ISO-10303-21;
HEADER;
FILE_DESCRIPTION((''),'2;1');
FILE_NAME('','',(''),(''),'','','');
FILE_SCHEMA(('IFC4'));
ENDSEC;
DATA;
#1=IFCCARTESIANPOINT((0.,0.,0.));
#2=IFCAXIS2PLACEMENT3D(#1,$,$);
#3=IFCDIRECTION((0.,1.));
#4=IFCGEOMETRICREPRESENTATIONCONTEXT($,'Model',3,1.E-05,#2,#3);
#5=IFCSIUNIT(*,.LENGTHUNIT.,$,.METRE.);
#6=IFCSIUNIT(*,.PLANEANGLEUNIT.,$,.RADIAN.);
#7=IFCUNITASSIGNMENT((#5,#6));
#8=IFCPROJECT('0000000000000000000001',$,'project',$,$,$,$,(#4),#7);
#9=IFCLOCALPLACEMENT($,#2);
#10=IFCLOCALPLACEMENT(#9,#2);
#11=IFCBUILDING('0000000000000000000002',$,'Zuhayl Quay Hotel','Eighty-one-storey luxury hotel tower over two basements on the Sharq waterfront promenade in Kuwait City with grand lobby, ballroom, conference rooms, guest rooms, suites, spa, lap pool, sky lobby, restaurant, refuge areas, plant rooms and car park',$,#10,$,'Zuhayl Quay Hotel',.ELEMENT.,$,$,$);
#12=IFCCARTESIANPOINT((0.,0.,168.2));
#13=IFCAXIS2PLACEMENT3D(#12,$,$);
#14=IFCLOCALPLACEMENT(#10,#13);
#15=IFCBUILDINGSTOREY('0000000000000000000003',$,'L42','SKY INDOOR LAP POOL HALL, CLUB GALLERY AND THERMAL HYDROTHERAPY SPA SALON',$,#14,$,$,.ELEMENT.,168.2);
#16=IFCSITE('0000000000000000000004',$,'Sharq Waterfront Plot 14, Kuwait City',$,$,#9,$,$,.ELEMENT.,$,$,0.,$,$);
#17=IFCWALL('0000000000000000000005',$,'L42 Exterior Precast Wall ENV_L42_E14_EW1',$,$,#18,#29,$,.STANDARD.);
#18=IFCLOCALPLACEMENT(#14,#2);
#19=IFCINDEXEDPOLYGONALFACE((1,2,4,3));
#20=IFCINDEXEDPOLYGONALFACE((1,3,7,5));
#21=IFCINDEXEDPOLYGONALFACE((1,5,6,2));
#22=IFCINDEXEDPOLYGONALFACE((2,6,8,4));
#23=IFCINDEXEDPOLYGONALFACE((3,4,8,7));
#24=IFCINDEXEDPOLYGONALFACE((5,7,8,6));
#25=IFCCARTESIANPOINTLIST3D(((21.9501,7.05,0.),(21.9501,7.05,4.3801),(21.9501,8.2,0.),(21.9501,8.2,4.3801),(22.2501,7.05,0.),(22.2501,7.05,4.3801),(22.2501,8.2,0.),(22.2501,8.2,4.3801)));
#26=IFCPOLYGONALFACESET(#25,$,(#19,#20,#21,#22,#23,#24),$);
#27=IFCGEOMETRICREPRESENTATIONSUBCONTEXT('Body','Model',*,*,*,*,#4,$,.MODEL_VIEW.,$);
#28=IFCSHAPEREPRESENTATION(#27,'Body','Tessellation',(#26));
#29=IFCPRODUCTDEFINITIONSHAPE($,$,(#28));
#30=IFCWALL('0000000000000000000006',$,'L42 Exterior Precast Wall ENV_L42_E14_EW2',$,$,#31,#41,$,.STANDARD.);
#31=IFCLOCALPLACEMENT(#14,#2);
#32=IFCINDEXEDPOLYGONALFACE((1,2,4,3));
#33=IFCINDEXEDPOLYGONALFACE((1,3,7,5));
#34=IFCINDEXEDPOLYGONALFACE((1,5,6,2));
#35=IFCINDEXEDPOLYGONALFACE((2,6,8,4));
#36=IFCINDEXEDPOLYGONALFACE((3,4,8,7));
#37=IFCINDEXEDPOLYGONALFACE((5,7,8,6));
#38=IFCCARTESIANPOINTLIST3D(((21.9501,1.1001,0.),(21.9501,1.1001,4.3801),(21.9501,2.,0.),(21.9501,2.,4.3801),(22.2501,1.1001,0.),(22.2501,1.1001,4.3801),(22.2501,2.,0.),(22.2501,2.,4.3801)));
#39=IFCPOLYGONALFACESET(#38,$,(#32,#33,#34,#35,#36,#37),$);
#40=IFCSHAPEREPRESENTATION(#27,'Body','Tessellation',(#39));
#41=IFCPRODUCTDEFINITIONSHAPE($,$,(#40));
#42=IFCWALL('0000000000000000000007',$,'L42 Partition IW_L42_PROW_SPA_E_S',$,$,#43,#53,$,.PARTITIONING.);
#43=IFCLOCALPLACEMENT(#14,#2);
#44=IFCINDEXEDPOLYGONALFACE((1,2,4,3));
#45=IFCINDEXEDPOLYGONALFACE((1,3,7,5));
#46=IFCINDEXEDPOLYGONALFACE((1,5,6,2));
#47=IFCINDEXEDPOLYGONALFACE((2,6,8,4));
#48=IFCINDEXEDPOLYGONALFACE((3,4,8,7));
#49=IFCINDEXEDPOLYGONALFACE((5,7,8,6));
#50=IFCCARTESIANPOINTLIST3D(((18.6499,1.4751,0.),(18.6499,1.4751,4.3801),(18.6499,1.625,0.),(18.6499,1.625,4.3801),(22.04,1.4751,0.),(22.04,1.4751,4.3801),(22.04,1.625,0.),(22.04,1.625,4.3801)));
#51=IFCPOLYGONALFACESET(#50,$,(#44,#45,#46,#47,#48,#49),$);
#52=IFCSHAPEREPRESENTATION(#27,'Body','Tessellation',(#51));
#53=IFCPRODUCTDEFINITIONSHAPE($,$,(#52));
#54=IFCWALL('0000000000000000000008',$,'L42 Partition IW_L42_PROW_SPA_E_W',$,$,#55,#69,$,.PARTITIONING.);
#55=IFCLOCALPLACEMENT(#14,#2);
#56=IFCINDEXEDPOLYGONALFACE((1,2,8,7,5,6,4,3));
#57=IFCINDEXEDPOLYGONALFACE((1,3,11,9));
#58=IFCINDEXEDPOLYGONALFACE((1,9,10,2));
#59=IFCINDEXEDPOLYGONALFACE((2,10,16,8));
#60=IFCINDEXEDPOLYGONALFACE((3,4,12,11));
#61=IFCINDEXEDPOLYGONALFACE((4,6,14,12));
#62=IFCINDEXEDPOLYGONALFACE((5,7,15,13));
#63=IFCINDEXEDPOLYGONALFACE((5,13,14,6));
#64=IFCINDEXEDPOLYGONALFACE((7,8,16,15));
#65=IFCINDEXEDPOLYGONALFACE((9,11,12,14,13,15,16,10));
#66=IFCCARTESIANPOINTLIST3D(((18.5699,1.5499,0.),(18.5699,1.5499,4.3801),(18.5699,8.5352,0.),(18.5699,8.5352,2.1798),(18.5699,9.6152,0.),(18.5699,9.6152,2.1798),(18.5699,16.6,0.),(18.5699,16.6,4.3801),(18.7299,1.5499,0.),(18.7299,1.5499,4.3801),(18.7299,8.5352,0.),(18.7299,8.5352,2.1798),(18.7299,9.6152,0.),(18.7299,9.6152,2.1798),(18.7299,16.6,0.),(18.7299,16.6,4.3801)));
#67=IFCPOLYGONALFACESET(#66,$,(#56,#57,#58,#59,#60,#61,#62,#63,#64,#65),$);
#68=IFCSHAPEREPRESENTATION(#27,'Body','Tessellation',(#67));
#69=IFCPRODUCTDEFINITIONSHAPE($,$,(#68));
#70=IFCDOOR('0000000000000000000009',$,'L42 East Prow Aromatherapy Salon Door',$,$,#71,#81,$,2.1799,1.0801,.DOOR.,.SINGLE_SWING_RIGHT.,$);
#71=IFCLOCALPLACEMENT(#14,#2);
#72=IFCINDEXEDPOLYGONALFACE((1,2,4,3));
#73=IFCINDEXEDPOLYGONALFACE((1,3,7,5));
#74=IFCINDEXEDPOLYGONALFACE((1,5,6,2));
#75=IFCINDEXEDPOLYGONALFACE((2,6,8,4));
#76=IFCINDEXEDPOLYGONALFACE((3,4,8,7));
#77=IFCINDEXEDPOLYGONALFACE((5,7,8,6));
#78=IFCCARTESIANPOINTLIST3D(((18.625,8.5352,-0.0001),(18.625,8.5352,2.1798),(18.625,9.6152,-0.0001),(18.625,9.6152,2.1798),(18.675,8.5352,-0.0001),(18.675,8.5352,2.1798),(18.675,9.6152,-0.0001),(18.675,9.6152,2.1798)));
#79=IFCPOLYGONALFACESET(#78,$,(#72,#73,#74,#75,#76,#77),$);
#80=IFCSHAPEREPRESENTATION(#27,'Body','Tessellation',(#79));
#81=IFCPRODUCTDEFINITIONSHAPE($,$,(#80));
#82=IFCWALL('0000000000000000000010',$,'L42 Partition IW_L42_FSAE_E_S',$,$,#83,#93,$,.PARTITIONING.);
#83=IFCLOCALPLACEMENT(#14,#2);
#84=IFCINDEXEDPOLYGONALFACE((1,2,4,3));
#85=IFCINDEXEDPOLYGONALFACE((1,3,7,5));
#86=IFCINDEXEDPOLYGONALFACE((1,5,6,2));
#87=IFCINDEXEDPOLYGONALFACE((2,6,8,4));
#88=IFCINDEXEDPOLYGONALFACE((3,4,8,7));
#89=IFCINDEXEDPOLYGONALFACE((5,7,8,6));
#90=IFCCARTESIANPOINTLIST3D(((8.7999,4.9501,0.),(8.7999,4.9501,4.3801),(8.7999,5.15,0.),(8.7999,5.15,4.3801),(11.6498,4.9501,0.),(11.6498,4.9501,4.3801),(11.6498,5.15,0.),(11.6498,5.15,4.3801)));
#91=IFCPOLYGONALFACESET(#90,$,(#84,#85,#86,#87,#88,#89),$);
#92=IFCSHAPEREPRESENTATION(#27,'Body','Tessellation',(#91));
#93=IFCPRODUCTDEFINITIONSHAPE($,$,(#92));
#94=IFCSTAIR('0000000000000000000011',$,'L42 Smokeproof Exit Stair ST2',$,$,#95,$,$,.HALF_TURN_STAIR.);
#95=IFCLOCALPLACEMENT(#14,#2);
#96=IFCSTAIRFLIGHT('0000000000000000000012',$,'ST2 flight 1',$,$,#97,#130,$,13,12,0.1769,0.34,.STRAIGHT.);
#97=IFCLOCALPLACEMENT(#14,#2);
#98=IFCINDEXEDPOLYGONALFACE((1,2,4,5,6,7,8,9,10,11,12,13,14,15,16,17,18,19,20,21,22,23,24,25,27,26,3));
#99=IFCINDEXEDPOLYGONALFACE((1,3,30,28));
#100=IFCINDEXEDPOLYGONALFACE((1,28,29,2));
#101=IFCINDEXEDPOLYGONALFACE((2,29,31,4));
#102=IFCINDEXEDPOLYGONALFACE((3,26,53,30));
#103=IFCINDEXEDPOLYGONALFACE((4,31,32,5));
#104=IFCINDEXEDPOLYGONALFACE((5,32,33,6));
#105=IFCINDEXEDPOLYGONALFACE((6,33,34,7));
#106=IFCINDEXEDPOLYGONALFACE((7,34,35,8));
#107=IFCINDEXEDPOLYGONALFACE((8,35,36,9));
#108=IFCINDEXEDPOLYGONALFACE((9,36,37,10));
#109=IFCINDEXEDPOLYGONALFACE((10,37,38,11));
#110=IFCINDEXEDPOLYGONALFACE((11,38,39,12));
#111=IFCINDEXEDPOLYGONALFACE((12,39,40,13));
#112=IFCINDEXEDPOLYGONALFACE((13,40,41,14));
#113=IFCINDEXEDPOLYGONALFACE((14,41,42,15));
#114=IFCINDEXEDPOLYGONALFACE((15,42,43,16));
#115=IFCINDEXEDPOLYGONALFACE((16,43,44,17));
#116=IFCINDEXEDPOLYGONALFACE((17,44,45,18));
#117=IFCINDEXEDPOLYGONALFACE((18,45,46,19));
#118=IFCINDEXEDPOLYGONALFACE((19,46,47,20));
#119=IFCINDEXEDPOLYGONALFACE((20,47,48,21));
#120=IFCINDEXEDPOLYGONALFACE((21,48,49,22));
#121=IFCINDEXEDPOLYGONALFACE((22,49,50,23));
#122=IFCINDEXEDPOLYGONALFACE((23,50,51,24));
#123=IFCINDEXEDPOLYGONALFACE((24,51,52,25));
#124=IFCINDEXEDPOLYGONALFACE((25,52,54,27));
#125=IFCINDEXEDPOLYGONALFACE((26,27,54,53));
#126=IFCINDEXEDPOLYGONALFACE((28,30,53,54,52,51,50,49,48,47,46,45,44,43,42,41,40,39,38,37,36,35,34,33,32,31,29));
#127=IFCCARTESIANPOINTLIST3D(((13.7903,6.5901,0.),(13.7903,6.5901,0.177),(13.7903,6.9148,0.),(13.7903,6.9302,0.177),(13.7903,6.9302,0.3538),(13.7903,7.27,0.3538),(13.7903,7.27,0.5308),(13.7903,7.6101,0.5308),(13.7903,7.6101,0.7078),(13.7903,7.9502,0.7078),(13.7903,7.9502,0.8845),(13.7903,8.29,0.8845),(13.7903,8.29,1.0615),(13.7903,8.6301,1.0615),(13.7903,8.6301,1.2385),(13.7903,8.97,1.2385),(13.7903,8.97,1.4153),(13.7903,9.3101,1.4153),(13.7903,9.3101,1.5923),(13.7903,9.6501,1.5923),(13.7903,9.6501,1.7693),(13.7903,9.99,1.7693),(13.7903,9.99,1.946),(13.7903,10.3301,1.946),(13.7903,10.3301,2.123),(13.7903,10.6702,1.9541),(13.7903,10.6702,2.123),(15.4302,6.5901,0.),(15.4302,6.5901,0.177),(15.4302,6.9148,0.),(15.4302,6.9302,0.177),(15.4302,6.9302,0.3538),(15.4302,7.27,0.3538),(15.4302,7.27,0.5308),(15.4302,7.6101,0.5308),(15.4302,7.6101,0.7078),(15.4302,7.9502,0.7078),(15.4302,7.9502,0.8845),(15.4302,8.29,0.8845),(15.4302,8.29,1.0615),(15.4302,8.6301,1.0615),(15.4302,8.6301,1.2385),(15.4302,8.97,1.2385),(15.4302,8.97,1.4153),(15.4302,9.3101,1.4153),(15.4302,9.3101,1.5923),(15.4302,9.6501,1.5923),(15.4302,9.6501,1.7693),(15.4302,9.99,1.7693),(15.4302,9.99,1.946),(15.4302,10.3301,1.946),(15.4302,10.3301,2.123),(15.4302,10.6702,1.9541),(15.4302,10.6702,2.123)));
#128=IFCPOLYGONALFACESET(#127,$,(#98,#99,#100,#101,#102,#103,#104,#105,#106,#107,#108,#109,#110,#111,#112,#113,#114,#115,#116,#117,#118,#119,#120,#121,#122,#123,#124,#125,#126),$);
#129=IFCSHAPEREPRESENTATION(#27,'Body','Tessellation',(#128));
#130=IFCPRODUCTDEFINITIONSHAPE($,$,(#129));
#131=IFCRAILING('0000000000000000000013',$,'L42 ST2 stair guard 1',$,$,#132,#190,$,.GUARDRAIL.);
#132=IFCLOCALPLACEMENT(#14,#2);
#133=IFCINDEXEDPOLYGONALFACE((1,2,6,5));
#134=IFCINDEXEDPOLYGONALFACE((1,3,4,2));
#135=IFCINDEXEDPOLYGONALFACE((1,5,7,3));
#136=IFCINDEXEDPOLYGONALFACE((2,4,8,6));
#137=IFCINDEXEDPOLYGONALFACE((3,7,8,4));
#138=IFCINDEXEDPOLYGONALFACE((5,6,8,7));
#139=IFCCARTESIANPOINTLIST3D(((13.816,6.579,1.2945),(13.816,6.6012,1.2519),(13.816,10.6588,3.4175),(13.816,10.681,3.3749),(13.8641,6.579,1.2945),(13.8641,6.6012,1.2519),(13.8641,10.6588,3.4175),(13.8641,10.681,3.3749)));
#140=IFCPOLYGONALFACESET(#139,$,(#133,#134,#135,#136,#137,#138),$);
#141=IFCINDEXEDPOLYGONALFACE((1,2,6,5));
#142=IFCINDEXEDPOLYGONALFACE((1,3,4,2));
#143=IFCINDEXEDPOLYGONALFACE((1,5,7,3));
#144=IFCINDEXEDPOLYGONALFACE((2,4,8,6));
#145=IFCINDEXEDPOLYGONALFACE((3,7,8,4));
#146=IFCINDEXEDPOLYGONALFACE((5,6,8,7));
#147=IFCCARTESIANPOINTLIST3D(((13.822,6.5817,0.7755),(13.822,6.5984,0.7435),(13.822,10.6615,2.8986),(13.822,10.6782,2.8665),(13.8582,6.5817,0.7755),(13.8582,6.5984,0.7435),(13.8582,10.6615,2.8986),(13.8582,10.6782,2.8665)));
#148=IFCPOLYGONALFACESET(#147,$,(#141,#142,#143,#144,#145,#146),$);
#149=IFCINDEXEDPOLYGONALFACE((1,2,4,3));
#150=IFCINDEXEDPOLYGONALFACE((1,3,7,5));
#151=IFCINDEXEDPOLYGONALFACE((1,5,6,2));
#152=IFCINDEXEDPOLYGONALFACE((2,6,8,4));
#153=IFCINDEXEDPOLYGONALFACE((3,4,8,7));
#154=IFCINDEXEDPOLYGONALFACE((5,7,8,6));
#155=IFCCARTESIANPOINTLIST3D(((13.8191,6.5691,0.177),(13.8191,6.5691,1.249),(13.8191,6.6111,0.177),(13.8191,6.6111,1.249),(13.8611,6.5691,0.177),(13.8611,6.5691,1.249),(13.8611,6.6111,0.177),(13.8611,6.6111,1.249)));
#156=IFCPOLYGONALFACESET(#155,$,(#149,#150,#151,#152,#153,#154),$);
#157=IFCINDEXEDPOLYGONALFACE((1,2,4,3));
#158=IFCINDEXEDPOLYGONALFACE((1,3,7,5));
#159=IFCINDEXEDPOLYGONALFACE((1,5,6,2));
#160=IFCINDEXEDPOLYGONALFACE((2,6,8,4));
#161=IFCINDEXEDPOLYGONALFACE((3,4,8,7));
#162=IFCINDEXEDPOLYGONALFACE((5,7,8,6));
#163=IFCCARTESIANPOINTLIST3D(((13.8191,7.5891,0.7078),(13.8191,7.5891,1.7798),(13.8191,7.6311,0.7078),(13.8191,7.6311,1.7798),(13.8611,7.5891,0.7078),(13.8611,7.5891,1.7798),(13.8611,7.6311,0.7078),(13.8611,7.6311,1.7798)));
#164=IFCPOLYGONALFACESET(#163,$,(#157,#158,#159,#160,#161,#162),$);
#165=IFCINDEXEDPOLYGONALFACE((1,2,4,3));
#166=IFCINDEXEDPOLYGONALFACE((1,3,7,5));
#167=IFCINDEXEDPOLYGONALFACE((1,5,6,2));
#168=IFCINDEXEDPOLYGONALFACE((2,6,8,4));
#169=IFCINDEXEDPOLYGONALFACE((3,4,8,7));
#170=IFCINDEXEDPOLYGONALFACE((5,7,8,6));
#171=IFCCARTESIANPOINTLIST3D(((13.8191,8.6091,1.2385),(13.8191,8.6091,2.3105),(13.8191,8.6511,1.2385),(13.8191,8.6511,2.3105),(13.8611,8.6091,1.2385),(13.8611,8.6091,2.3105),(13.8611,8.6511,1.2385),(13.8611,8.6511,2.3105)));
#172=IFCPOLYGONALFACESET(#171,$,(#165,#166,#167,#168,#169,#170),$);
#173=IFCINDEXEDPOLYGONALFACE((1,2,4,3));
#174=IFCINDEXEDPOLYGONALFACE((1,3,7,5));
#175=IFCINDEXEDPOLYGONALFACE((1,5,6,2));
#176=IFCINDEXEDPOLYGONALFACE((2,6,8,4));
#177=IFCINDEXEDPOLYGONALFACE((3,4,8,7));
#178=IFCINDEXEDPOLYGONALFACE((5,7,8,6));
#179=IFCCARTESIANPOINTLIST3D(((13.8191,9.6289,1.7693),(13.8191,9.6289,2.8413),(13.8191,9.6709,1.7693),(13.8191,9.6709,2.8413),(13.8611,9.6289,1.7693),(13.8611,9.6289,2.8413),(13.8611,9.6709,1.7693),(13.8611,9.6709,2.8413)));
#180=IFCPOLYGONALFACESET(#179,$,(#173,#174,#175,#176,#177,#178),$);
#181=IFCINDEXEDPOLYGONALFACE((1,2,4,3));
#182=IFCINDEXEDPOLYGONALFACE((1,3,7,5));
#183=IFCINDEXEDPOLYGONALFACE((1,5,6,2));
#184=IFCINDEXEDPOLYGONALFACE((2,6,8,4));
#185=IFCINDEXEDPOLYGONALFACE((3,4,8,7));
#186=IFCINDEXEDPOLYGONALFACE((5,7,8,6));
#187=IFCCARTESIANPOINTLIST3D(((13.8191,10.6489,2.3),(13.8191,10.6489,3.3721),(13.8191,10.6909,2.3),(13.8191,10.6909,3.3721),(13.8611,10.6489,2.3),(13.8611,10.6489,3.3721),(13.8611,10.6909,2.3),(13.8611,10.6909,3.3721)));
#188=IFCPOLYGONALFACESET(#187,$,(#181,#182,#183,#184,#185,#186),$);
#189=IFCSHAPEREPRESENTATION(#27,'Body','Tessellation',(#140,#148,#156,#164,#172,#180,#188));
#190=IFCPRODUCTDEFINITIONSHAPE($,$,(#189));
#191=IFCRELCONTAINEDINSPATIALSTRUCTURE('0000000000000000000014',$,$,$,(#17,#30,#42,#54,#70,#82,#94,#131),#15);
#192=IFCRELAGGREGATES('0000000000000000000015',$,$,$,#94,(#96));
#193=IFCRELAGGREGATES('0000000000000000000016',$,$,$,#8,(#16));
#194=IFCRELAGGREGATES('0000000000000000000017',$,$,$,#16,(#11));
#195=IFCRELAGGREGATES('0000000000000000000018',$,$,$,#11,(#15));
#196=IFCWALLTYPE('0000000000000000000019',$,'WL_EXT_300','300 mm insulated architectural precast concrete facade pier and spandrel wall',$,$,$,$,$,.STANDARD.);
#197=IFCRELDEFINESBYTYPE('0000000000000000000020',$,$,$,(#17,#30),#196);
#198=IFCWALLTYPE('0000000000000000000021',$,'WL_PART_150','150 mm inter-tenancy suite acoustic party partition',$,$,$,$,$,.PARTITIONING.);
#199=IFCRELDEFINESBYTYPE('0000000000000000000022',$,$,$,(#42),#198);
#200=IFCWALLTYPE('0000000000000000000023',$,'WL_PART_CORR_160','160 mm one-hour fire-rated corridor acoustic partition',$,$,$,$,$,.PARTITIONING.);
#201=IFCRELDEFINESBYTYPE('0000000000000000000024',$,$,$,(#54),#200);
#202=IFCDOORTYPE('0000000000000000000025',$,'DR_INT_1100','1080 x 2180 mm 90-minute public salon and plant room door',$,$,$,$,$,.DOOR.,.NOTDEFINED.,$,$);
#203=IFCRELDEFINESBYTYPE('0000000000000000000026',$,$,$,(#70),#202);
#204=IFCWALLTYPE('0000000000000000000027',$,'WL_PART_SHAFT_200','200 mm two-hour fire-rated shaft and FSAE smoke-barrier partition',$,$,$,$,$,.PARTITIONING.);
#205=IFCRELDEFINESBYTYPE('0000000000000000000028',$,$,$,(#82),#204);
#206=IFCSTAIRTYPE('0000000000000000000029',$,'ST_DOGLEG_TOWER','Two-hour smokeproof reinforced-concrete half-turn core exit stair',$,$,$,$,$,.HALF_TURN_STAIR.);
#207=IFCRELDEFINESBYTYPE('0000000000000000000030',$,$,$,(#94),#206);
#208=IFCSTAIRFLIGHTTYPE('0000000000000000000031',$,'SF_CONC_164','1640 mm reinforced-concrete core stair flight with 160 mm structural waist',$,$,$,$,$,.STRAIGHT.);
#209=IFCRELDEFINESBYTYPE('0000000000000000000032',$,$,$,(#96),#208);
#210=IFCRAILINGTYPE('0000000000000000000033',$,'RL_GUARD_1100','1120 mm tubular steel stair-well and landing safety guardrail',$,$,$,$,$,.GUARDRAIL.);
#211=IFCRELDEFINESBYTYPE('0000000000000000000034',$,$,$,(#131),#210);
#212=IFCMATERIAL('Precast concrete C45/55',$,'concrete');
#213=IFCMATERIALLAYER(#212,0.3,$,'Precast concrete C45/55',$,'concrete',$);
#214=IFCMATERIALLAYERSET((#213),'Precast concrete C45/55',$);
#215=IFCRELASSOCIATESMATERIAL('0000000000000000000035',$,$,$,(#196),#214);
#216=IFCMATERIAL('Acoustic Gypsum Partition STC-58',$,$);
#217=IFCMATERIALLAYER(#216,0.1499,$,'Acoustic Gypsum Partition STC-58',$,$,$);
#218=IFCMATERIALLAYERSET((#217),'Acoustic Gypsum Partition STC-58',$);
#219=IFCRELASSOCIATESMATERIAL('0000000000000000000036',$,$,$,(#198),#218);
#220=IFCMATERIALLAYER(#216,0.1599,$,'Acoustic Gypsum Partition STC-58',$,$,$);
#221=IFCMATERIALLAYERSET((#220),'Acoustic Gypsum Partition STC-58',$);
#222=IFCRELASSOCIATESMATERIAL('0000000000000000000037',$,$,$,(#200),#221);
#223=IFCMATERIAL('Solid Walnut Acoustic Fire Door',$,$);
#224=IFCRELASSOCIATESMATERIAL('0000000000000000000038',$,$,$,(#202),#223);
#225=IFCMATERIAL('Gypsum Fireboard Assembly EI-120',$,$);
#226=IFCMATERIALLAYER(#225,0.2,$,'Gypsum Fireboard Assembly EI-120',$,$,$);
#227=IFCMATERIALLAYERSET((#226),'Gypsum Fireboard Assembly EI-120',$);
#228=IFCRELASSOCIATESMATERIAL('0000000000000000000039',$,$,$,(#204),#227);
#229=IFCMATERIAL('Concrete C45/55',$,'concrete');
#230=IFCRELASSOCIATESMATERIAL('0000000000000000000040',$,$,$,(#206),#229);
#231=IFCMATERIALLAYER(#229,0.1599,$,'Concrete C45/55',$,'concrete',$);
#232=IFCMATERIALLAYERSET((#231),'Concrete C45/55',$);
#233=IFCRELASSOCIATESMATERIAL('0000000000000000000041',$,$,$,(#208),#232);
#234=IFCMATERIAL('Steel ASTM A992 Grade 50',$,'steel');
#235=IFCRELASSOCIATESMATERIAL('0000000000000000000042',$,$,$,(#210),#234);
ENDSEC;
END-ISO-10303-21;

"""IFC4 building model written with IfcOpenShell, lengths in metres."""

from ifc_helpers import new_model, si_unit, direction, frame, frame_2d, origin, origin_2d, place, context, subcontext, project, spatial, polyline, rectangle, outline, extrude, material, layer, layer_set, type_object, element, fill, aggregate, save


model = new_model("IFC4")

# Units and contexts
model_context = context("Model", 3, precision=1e-05, world=origin(), true_north=direction((0.0, 1.0)))
body_context = subcontext(model_context, "Body", "Model", "MODEL_VIEW")
ifc_project = project(units=[si_unit("LENGTHUNIT", "METRE"), si_unit("PLANEANGLEUNIT", "RADIAN")], contexts=[model_context])

# Site, building, storey
site_placement = place(None, origin())
site = spatial("IfcSite", under=ifc_project, at=site_placement, Name="Sharq Waterfront Plot 14, Kuwait City", CompositionType="ELEMENT", RefElevation=0.0)
building_placement = place(site_placement, origin())
building = spatial("IfcBuilding", under=site, at=building_placement, Name="Zuhayl Quay Hotel", Description="Eighty-one-storey luxury hotel tower over two basements on the Sharq waterfront promenade in Kuwait City with grand lobby, ballroom, conference rooms, guest rooms, suites, spa, lap pool, sky lobby, restaurant, refuge areas, plant rooms and car park", LongName="Zuhayl Quay Hotel", CompositionType="ELEMENT")
storey_placement = place(building_placement, frame((0.0, 0.0, 168.2)))
storey = spatial("IfcBuildingStorey", under=building, at=storey_placement, Name="L42", Description="SKY INDOOR LAP POOL HALL, CLUB GALLERY AND THERMAL HYDROTHERAPY SPA SALON", CompositionType="ELEMENT", Elevation=168.2)

# Walls
ifc_material_1 = material(Name="Precast concrete C45/55", Category="concrete")
ifc_layer_1 = layer(ifc_material_1, 0.3, Name="Precast concrete C45/55", Category="concrete")
ifc_layer_set_1 = layer_set([ifc_layer_1], Name="Precast concrete C45/55")
wall_type_1 = type_object("IfcWallType", Name="WL_EXT_300", Description="300 mm insulated architectural precast concrete facade pier and spandrel wall", PredefinedType="STANDARD", material=ifc_layer_set_1)
wall_1_placement = place(storey_placement, frame((22.1001, 8.2, 0.0), z_axis=(0.0, 0.0, 1.0), x_axis=(0.0, -1.0, 0.0)))
element("IfcWall", 1, at=wall_1_placement, inside=storey, type_object=wall_type_1, Name="L42 Exterior Precast Wall ENV_L42_E14_EW1", PredefinedType="STANDARD", context=body_context, shape_type="SweptSolid", body=[
    extrude(rectangle(XDim=1.1499, YDim=0.3, at=frame_2d((0.575, 0.0))), origin(), (0.0, 0.0, 1.0), 4.3801),
])
wall_2_placement = place(storey_placement, frame((22.1001, 2.0, 0.0), z_axis=(0.0, 0.0, 1.0), x_axis=(0.0, -1.0, 0.0)))
element("IfcWall", 2, at=wall_2_placement, inside=storey, type_object=wall_type_1, Name="L42 Exterior Precast Wall ENV_L42_E14_EW2", PredefinedType="STANDARD", context=body_context, shape_type="SweptSolid", body=[
    extrude(rectangle(XDim=0.8999, YDim=0.3, at=frame_2d((0.45, 0.0))), origin(), (0.0, 0.0, 1.0), 4.3801),
])
ifc_material_2 = material(Name="Acoustic Gypsum Partition STC-58")
ifc_layer_2 = layer(ifc_material_2, 0.1499, Name="Acoustic Gypsum Partition STC-58")
ifc_layer_set_2 = layer_set([ifc_layer_2], Name="Acoustic Gypsum Partition STC-58")
wall_type_2 = type_object("IfcWallType", Name="WL_PART_150", Description="150 mm inter-tenancy suite acoustic party partition", PredefinedType="PARTITIONING", material=ifc_layer_set_2)
wall_3_placement = place(storey_placement, frame((18.6499, 1.55, 0.0), z_axis=(0.0, 0.0, 1.0), x_axis=(1.0, 0.0, 0.0)))
element("IfcWall", 3, at=wall_3_placement, inside=storey, type_object=wall_type_2, Name="L42 Partition IW_L42_PROW_SPA_E_S", PredefinedType="PARTITIONING", context=body_context, shape_type="SweptSolid", body=[
    extrude(rectangle(XDim=3.3901, YDim=0.1499, at=frame_2d((1.6951, 0.0))), origin(), (0.0, 0.0, 1.0), 4.3801),
])

# Wall, opening, door
ifc_layer_3 = layer(ifc_material_2, 0.1599, Name="Acoustic Gypsum Partition STC-58")
ifc_layer_set_3 = layer_set([ifc_layer_3], Name="Acoustic Gypsum Partition STC-58")
wall_type_3 = type_object("IfcWallType", Name="WL_PART_CORR_160", Description="160 mm one-hour fire-rated corridor acoustic partition", PredefinedType="PARTITIONING", material=ifc_layer_set_3)
wall_4_placement = place(storey_placement, frame((18.6499, 1.55, 0.0), z_axis=(0.0, 0.0, 1.0), x_axis=(0.0, 1.0, 0.0)))
wall_4 = element("IfcWall", 4, at=wall_4_placement, inside=storey, type_object=wall_type_3, Name="L42 Partition IW_L42_PROW_SPA_E_W", PredefinedType="PARTITIONING", context=body_context, shape_type="SweptSolid", body=[
    extrude(rectangle(XDim=15.05, YDim=0.1599, at=frame_2d((7.5249, 0.0))), origin(), (0.0, 0.0, 1.0), 4.3801),
])
opening_placement = place(wall_4_placement, frame((6.9851, 0.0, 0.0)))
opening = element("IfcOpeningElement", 5, at=opening_placement, cuts=wall_4, PredefinedType="OPENING", context=body_context, shape_type="SweptSolid", body=[
    extrude(rectangle(XDim=1.0801, YDim=2.1799, at=frame_2d((0.54, 1.0898))), frame((0.0, 0.0898, 0.0), z_axis=(0.0, -1.0, 0.0), x_axis=(1.0, 0.0, 0.0)), (0.0, 0.0, 1.0), 0.1799),
])
ifc_material_3 = material(Name="Solid Walnut Acoustic Fire Door")
door_type = type_object("IfcDoorType", Name="DR_INT_1100", Description="1080 x 2180 mm 90-minute public salon and plant room door", OperationType="NOTDEFINED", PredefinedType="DOOR", material=ifc_material_3)
door_placement = place(opening_placement, origin())
door = element("IfcDoor", 6, at=door_placement, inside=storey, type_object=door_type, Name="L42 East Prow Aromatherapy Salon Door", OperationType="SINGLE_SWING_RIGHT", OverallHeight=2.1799, OverallWidth=1.0801, PredefinedType="DOOR", context=body_context, shape_type="SweptSolid", body=[
    extrude(rectangle(XDim=1.0801, YDim=2.1799, at=frame_2d((0.54, 1.0898))), frame((0.0, 0.0249, 0.0), z_axis=(0.0, -1.0, 0.0), x_axis=(1.0, 0.0, 0.0)), (0.0, 0.0, 1.0), 0.05),
])
fill(opening, door)

# Wall
ifc_material_4 = material(Name="Gypsum Fireboard Assembly EI-120")
ifc_layer_4 = layer(ifc_material_4, 0.2, Name="Gypsum Fireboard Assembly EI-120")
ifc_layer_set_4 = layer_set([ifc_layer_4], Name="Gypsum Fireboard Assembly EI-120")
wall_type_4 = type_object("IfcWallType", Name="WL_PART_SHAFT_200", Description="200 mm two-hour fire-rated shaft and FSAE smoke-barrier partition", PredefinedType="PARTITIONING", material=ifc_layer_set_4)
wall_5_placement = place(storey_placement, frame((8.8, 5.05, 0.0), z_axis=(0.0, 0.0, 1.0), x_axis=(1.0, 0.0, 0.0)))
element("IfcWall", 7, at=wall_5_placement, inside=storey, type_object=wall_type_4, Name="L42 Partition IW_L42_FSAE_E_S", PredefinedType="PARTITIONING", context=body_context, shape_type="SweptSolid", body=[
    extrude(rectangle(XDim=2.8499, YDim=0.2, at=frame_2d((1.4248, 0.0))), origin(), (0.0, 0.0, 1.0), 4.3801),
])

# Stair, stair flight
ifc_material_5 = material(Name="Concrete C45/55", Category="concrete")
stair_type = type_object("IfcStairType", Name="ST_DOGLEG_TOWER", Description="Two-hour smokeproof reinforced-concrete half-turn core exit stair", PredefinedType="HALF_TURN_STAIR", material=ifc_material_5)
stair_placement = place(storey_placement, origin())
stair = element("IfcStair", 8, at=stair_placement, inside=storey, type_object=stair_type, Name="L42 Smokeproof Exit Stair ST2", PredefinedType="HALF_TURN_STAIR")
ifc_layer_5 = layer(ifc_material_5, 0.1599, Name="Concrete C45/55", Category="concrete")
ifc_layer_set_5 = layer_set([ifc_layer_5], Name="Concrete C45/55")
stair_flight_type = type_object("IfcStairFlightType", Name="SF_CONC_164", Description="1640 mm reinforced-concrete core stair flight with 160 mm structural waist", PredefinedType="STRAIGHT", material=ifc_layer_set_5)
stair_flight_placement = place(storey_placement, frame((14.6101, 6.5901, 0.0), z_axis=(0.0, 0.0, 1.0), x_axis=(0.0, 1.0, 0.0)))
stair_flight = element("IfcStairFlight", 9, at=stair_flight_placement, type_object=stair_flight_type, Name="ST2 flight 1", NumberOfRisers=13, NumberOfTreads=12, PredefinedType="STRAIGHT", RiserHeight=0.1769, TreadLength=0.34, context=body_context, shape_type="SweptSolid", body=[
    extrude(outline(polyline([(0.0, 0.0), (0.0, 0.177), (0.3401, 0.177), (0.3401, 0.3538), (0.6799, 0.3538), (0.6799, 0.5308), (1.02, 0.5308), (1.02, 0.7078), (1.3601, 0.7078), (1.3601, 0.8845), (1.7, 0.8845), (1.7, 1.0615), (2.04, 1.0615), (2.04, 1.2385), (2.3799, 1.2385), (2.3799, 1.4153), (2.72, 1.4153), (2.72, 1.5923), (3.0601, 1.5923), (3.0601, 1.7693), (3.3999, 1.7693), (3.3999, 1.946), (3.74, 1.946), (3.74, 2.123), (4.0801, 2.123), (4.0801, 2.3), (4.0801, 1.9541), (0.3247, 0.0), (0.0, 0.0)])), frame((0.0, 0.8198, 0.0), z_axis=(0.0, -1.0, 0.0), x_axis=(1.0, 0.0, 0.0)), (0.0, 0.0, 1.0), 1.6399),
])
aggregate(stair, [stair_flight])

# Railing
ifc_material_6 = material(Name="Steel ASTM A992 Grade 50", Category="steel")
railing_type_1 = type_object("IfcRailingType", Name="RL_GUARD_1100", Description="1120 mm tubular steel stair-well and landing safety guardrail", PredefinedType="GUARDRAIL", material=ifc_material_6)
railing_1_placement = place(storey_placement, frame((13.8401, 6.5901, 0.177)))
element("IfcRailing", 10, at=railing_1_placement, inside=storey, type_object=railing_type_1, Name="L42 ST2 stair guard 1", PredefinedType="GUARDRAIL", context=body_context, shape_type="SweptSolid", body=[
    extrude(rectangle(XDim=0.0481, YDim=0.0481, at=origin_2d()), frame((0.0, 0.0, 1.0962), z_axis=(0.0, 0.88708, 0.461615), x_axis=(-1.0, 0.0, 0.0)), (0.0, 0.0, 1.0), 4.5991),
    extrude(rectangle(XDim=0.0361, YDim=0.0361, at=origin_2d()), frame((0.0, 0.0, 0.5825), z_axis=(0.0, 0.88708, 0.461615), x_axis=(-1.0, 0.0, 0.0)), (0.0, 0.0, 1.0), 4.5991),
    extrude(rectangle(XDim=0.042, YDim=0.042, at=origin_2d()), origin(), (0.0, 0.0, 1.0), 1.072),
    extrude(rectangle(XDim=0.042, YDim=0.042, at=origin_2d()), frame((0.0, 1.02, 0.5308)), (0.0, 0.0, 1.0), 1.072),
    extrude(rectangle(XDim=0.042, YDim=0.042, at=origin_2d()), frame((0.0, 2.04, 1.0615)), (0.0, 0.0, 1.0), 1.072),
    extrude(rectangle(XDim=0.042, YDim=0.042, at=origin_2d()), frame((0.0, 3.0598, 1.5923)), (0.0, 0.0, 1.0), 1.072),
    extrude(rectangle(XDim=0.042, YDim=0.042, at=origin_2d()), frame((0.0, 4.0798, 2.123)), (0.0, 0.0, 1.0), 1.072),
])

save(model, "model.ifc")
